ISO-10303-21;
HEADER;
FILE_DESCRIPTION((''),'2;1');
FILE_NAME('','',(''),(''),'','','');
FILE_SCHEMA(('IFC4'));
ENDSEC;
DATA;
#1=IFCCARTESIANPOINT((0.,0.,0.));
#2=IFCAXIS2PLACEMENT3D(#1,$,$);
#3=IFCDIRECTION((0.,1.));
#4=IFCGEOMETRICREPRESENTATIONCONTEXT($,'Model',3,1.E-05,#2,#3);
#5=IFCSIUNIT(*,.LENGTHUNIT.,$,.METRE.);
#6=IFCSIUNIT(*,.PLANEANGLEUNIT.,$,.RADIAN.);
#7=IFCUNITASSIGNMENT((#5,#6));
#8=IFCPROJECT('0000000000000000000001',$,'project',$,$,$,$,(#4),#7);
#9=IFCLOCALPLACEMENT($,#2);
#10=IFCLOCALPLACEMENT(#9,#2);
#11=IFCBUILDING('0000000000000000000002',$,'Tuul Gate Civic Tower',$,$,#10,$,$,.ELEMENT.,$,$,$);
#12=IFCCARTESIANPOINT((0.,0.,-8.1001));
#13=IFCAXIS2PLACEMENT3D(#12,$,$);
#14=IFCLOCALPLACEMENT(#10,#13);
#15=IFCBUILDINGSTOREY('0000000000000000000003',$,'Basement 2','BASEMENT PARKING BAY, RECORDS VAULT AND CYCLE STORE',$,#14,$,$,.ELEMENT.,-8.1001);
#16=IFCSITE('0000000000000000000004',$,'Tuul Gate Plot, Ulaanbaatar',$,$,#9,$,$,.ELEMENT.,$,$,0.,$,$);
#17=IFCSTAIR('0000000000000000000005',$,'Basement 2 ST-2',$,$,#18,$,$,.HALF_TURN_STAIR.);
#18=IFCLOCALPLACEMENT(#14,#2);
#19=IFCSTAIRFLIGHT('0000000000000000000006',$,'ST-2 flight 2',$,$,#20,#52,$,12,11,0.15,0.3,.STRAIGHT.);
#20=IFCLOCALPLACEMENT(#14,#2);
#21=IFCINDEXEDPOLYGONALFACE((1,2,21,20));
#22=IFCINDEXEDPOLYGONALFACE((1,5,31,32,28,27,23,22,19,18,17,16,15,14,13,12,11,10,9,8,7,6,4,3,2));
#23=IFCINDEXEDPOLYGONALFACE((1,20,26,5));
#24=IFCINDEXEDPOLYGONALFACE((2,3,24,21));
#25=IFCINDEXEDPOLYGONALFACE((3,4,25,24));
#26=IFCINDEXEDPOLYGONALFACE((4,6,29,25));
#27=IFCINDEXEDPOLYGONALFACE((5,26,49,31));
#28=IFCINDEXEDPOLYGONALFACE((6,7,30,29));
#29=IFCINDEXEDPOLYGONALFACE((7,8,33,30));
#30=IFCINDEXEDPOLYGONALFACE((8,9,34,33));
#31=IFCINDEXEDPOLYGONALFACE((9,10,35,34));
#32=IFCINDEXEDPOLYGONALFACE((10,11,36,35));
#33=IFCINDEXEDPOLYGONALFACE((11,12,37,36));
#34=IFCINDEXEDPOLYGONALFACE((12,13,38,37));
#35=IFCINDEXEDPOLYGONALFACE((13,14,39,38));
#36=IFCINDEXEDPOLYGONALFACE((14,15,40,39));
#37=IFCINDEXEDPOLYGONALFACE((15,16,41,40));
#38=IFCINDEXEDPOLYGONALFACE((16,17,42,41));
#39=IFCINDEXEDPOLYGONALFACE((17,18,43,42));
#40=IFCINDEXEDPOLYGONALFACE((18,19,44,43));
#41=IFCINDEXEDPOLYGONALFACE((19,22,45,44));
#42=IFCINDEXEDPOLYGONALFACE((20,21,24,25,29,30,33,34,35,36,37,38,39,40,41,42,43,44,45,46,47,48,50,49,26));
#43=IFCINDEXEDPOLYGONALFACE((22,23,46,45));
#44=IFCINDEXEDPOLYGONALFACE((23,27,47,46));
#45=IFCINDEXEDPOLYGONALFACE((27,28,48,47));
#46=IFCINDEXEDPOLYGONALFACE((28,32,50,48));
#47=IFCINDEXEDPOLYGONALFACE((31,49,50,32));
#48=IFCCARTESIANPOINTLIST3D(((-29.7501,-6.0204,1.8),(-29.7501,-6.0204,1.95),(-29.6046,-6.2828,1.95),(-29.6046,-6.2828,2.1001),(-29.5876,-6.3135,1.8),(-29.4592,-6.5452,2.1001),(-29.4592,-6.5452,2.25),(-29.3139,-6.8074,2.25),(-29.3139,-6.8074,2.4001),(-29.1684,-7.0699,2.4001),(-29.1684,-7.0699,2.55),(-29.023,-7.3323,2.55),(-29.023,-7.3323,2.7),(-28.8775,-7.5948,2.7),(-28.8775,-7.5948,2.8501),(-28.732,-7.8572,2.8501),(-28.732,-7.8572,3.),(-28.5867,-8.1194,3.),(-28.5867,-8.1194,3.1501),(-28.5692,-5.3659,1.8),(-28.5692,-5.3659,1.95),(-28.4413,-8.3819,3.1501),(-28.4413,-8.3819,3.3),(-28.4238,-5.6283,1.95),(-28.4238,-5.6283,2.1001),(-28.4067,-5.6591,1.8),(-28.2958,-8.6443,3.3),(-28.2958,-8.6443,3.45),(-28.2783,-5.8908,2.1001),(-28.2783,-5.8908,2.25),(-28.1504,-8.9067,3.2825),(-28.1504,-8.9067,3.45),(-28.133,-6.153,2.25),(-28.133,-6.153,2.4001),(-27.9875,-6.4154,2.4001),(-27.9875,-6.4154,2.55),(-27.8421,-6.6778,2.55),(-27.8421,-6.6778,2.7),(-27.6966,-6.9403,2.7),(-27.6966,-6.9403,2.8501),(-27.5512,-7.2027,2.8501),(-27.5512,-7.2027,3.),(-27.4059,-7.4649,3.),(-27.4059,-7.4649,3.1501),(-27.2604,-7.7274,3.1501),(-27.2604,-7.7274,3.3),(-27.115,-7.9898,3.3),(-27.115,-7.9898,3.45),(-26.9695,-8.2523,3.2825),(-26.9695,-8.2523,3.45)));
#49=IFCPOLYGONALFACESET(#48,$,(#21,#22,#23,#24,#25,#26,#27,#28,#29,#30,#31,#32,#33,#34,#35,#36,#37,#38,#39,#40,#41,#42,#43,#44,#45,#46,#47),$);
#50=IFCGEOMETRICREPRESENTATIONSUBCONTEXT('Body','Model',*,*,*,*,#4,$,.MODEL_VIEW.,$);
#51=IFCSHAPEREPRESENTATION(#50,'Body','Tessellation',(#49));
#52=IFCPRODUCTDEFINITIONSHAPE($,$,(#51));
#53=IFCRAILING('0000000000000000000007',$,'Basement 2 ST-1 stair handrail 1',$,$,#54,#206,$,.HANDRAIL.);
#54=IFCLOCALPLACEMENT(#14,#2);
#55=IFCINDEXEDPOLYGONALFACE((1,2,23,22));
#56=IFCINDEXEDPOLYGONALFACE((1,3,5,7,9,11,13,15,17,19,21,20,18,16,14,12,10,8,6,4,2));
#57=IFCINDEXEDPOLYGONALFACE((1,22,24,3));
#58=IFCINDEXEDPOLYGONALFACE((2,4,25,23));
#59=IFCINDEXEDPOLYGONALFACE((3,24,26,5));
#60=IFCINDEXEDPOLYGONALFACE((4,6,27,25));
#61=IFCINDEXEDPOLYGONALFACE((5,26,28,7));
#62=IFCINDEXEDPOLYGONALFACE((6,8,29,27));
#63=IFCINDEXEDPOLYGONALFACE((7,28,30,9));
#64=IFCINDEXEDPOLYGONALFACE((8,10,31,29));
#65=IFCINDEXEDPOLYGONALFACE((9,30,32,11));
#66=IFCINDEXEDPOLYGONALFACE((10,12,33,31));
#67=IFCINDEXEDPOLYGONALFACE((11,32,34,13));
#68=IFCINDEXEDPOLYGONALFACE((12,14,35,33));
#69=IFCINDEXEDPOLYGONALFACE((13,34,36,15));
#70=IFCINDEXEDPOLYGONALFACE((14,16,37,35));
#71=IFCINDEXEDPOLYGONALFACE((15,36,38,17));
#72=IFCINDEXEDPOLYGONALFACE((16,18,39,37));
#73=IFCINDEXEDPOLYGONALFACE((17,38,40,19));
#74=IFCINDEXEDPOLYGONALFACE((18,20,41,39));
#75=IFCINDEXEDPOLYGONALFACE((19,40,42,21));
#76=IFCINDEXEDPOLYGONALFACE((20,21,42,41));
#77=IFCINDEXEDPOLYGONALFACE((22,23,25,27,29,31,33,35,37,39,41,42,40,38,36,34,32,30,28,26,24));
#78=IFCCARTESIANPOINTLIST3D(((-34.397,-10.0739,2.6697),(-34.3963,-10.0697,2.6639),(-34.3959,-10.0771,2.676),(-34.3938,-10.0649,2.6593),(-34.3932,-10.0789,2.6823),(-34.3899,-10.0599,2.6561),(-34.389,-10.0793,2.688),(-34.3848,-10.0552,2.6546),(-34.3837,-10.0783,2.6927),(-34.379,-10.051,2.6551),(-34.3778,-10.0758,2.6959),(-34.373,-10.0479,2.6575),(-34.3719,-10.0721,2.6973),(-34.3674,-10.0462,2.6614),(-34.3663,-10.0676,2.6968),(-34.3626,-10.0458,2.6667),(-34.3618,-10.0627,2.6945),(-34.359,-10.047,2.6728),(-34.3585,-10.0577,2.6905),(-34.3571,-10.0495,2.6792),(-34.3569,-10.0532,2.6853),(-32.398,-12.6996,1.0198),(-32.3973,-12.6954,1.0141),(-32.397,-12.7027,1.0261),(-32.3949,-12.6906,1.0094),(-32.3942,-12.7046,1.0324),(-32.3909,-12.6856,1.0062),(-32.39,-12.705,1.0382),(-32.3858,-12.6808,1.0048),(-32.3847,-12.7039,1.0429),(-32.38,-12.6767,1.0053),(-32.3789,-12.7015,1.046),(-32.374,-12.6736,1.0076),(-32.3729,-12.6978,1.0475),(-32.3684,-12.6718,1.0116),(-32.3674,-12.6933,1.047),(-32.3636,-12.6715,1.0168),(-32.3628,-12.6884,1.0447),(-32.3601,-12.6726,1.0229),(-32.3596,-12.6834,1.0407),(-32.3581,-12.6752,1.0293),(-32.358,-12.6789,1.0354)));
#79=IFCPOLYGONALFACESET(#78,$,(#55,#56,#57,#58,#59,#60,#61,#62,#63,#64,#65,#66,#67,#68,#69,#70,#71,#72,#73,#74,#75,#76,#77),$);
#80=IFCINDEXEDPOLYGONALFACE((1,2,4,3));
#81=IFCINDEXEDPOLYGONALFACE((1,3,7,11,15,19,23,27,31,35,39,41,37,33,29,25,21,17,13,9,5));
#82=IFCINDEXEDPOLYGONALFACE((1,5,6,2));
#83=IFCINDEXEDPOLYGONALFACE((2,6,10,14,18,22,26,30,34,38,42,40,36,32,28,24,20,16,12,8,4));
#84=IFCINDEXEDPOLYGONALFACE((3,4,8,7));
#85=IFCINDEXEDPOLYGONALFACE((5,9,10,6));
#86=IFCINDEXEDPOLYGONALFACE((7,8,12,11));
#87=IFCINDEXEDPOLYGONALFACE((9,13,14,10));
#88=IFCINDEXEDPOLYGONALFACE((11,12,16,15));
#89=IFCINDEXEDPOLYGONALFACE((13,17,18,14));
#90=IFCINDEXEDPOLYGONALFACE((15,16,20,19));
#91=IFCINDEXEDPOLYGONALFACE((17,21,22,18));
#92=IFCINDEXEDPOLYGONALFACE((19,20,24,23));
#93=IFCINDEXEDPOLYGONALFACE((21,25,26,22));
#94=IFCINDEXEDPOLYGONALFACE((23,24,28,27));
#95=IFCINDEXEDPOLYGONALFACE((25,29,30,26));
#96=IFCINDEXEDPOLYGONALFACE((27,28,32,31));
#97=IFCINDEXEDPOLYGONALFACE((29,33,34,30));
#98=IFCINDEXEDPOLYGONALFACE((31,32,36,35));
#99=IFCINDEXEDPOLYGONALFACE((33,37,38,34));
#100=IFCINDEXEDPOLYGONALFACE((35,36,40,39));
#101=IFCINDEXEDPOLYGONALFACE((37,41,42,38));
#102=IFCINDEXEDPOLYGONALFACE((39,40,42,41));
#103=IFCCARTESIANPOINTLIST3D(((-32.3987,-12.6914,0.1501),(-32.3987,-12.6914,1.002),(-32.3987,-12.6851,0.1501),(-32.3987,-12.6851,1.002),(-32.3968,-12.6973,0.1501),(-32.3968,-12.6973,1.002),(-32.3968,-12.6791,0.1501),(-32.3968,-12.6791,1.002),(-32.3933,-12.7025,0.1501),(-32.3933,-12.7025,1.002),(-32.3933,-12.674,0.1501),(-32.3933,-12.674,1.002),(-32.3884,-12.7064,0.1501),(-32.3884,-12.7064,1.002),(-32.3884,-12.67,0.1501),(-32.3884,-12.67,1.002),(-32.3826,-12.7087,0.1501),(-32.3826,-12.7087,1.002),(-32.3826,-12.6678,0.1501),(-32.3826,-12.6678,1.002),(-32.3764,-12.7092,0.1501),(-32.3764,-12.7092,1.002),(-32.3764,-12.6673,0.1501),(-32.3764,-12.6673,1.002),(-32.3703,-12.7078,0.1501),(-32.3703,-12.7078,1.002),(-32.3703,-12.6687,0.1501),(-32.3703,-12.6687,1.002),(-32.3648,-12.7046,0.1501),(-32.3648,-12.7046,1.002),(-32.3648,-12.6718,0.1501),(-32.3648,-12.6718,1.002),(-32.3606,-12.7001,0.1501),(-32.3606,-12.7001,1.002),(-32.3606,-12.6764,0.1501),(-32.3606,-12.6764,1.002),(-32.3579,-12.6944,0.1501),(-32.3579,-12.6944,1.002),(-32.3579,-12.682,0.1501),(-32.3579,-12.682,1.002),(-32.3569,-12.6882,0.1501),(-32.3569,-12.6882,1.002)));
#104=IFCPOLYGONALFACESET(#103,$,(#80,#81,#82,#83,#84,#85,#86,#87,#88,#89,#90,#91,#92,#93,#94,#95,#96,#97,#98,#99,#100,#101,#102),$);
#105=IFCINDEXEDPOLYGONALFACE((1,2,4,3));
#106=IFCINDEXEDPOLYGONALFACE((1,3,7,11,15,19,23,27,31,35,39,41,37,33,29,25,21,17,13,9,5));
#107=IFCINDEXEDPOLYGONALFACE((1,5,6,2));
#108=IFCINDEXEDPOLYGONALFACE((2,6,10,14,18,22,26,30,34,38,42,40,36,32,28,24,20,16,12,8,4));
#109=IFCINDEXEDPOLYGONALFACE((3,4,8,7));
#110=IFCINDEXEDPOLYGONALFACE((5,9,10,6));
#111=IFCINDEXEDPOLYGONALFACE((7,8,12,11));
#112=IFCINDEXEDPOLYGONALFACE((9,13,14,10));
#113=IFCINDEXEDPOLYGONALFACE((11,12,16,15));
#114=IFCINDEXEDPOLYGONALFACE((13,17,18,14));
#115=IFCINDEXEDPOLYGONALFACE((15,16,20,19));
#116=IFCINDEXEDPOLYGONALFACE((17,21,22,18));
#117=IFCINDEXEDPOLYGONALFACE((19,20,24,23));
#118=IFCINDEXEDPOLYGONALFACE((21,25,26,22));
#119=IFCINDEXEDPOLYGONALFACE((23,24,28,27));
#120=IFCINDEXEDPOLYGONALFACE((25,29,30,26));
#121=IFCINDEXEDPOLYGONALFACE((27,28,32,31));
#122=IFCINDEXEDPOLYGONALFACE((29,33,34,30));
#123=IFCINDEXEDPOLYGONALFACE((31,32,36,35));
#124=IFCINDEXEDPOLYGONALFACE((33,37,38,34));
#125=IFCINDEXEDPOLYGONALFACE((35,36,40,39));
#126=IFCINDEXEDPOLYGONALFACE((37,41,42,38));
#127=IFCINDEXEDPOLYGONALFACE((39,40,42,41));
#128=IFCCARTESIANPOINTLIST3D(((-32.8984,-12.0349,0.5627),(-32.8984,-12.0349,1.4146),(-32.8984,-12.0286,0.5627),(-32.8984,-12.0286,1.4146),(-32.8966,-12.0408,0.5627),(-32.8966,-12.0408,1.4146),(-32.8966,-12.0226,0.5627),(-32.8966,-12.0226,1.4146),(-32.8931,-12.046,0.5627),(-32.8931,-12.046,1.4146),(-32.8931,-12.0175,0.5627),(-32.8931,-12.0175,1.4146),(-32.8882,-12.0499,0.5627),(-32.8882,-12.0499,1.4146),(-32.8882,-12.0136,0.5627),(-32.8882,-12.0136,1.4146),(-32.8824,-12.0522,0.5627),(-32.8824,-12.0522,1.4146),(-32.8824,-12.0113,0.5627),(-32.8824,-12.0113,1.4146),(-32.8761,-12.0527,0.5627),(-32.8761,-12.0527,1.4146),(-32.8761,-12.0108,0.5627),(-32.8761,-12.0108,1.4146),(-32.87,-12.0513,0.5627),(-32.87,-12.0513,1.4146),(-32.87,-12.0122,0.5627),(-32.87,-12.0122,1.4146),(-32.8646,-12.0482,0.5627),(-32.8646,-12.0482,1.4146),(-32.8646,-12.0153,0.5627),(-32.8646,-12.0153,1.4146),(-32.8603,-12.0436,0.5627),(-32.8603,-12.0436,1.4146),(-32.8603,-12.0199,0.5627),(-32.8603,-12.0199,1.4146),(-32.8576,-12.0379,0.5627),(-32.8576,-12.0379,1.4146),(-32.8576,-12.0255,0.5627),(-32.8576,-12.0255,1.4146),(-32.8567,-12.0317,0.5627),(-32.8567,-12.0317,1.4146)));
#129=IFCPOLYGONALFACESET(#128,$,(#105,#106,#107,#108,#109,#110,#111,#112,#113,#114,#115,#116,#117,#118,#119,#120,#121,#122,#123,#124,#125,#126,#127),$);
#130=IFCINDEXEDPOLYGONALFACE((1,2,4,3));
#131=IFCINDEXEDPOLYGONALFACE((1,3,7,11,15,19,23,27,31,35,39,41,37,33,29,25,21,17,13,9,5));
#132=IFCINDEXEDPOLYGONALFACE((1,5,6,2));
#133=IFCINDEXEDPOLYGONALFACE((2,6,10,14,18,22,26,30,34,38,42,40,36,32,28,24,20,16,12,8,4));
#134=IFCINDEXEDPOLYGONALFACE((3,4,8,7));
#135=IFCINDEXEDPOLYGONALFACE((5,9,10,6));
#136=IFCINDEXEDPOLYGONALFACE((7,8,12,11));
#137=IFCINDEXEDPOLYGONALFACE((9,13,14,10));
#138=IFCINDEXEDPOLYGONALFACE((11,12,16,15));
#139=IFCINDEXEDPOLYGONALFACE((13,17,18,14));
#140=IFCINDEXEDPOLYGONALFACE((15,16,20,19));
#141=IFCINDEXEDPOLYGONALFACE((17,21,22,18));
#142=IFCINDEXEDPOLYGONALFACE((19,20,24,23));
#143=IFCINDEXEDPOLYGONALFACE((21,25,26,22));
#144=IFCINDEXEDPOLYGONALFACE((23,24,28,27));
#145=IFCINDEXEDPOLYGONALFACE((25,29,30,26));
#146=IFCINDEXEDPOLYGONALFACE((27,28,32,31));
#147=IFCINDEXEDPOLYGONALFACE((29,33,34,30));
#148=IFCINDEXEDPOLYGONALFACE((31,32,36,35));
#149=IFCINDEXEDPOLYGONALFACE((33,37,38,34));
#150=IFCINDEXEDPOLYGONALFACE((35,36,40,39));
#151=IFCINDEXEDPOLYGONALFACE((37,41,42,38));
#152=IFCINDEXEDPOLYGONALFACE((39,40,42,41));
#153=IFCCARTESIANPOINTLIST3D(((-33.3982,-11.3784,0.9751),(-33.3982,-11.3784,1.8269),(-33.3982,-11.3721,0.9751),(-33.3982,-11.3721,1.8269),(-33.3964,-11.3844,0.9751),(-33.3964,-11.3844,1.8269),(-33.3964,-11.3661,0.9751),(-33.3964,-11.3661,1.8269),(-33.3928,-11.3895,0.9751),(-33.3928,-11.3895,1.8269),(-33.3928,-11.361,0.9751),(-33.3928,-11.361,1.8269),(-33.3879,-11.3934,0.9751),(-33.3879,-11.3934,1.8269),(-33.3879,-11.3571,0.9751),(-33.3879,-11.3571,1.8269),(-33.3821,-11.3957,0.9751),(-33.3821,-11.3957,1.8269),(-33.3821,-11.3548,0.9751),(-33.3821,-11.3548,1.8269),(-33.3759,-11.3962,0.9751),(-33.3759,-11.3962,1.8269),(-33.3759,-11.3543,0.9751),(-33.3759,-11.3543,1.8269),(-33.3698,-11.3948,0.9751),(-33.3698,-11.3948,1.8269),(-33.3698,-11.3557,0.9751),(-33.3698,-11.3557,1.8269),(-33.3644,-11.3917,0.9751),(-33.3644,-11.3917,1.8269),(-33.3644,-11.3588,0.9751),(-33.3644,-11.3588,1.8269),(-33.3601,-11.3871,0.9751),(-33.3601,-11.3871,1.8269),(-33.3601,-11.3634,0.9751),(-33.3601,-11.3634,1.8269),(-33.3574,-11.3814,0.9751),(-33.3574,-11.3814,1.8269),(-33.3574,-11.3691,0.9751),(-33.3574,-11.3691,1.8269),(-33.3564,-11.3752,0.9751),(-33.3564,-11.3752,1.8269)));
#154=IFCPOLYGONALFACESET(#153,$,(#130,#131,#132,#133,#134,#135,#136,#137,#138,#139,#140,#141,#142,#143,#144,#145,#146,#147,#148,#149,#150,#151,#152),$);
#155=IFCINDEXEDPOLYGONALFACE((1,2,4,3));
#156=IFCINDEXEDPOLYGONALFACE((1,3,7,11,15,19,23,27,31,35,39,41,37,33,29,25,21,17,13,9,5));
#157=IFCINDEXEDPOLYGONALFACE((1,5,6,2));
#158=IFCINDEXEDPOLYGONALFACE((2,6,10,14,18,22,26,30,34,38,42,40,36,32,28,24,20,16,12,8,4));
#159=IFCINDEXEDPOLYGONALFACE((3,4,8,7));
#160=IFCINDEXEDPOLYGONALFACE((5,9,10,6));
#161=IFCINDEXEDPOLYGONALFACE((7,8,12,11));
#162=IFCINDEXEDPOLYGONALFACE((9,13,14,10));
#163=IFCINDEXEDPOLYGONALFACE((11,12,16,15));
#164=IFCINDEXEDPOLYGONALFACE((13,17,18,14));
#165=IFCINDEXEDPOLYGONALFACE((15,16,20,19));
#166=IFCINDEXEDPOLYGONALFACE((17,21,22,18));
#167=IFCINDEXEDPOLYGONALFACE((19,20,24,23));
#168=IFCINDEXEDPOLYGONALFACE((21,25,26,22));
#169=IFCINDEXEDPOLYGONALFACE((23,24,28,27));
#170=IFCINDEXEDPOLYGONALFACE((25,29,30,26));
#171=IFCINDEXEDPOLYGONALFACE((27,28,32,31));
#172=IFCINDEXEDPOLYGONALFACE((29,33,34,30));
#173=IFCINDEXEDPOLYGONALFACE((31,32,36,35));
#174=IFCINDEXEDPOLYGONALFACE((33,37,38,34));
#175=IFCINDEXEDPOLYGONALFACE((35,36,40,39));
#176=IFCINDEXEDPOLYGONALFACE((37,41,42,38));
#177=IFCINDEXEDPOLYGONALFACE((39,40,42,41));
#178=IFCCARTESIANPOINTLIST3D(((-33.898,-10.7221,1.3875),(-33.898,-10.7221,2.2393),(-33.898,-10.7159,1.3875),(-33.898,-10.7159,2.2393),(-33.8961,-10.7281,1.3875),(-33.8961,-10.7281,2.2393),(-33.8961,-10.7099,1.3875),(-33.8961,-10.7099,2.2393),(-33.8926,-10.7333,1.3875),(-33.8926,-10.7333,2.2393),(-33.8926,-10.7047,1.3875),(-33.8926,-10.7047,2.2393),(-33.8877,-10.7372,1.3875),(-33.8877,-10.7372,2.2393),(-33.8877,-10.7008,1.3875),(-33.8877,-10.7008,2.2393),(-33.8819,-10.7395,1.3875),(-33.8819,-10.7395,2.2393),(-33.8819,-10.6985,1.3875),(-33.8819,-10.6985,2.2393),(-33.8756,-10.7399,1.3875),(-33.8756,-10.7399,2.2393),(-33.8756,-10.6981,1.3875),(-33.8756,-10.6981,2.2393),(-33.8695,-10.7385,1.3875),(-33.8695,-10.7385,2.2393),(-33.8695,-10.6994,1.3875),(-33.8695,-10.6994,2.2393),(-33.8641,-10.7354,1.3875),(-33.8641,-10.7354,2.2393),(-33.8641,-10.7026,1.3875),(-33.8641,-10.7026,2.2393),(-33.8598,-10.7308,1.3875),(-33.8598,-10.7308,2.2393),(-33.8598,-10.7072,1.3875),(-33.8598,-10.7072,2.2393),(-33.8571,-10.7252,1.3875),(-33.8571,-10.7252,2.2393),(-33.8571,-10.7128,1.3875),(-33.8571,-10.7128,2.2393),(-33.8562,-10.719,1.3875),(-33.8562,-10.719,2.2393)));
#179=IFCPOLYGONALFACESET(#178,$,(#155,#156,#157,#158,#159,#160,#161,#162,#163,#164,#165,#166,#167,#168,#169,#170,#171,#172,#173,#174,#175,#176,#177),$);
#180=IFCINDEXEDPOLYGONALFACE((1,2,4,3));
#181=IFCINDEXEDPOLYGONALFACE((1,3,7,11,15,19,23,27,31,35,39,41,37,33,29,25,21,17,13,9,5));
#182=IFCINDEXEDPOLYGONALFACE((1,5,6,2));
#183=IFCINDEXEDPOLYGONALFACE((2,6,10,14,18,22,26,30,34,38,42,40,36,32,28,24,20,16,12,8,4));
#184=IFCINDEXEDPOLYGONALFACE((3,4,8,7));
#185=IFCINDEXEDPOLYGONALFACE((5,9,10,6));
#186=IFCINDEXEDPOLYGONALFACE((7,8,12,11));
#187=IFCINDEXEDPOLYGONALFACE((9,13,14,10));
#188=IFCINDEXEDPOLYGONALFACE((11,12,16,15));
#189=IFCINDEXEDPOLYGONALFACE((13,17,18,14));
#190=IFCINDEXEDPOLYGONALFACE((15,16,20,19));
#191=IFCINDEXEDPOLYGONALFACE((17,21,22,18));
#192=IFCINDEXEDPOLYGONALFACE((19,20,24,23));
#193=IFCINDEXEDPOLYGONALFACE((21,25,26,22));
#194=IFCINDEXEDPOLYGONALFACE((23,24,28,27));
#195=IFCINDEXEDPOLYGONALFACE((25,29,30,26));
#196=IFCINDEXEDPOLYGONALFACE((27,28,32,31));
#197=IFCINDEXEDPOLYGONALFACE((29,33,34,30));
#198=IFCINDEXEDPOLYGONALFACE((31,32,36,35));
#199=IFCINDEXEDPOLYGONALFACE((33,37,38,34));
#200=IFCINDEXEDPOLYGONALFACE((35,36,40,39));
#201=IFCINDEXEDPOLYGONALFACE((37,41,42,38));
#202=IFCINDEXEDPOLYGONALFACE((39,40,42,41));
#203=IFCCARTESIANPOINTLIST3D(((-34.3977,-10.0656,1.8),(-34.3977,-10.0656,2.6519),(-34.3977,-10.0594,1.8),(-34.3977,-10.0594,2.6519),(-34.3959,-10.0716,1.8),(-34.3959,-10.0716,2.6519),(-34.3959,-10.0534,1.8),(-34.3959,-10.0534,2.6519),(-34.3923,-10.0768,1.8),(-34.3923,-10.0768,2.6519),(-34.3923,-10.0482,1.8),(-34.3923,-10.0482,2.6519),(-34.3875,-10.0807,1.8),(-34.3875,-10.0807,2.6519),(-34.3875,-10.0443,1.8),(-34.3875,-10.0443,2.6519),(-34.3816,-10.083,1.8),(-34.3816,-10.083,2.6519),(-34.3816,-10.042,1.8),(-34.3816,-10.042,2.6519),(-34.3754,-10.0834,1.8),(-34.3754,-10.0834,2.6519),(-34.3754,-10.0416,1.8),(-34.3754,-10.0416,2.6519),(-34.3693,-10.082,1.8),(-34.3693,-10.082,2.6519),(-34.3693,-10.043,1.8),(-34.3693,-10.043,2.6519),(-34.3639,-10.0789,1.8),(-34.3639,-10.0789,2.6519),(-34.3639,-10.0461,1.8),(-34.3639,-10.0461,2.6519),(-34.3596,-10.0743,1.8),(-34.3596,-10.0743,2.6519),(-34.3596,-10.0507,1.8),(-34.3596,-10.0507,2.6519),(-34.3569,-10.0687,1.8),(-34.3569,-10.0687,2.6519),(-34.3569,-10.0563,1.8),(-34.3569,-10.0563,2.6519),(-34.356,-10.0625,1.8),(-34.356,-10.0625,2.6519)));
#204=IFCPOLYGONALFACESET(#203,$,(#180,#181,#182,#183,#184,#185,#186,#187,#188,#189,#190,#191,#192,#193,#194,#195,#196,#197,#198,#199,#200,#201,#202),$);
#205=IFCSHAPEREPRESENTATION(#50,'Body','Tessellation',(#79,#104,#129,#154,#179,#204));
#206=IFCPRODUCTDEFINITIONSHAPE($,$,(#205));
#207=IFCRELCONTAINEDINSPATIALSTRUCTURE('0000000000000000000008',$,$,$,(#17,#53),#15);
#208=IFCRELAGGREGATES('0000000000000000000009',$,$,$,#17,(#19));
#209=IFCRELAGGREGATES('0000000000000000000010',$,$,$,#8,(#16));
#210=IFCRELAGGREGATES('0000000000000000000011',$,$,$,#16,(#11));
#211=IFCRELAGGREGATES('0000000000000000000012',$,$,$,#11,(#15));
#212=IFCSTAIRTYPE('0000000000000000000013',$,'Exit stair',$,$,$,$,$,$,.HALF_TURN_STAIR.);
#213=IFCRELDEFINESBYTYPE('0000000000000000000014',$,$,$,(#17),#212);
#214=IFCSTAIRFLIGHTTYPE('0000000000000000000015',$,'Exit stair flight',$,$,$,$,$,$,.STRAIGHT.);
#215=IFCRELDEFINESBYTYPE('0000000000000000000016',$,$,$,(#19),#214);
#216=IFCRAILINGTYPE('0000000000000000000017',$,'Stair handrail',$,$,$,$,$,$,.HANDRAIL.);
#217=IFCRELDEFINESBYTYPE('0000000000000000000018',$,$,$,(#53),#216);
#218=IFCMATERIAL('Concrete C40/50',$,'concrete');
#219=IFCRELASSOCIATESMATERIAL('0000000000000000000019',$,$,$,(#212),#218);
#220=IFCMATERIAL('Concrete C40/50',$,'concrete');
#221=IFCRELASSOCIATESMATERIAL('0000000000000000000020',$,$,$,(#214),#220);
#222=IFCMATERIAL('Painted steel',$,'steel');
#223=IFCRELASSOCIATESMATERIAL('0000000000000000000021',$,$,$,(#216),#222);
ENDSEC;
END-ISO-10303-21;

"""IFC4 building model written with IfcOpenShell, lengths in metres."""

from ifc_helpers import new_model, si_unit, direction, frame, origin, origin_2d, place, context, subcontext, project, spatial, polyline, circle, outline, extrude, material, type_object, element, aggregate, save


model = new_model("IFC4")

# Units and contexts
model_context = context("Model", 3, precision=1e-05, world=origin(), true_north=direction((0.0, 1.0)))
body_context = subcontext(model_context, "Body", "Model", "MODEL_VIEW")
ifc_project = project(units=[si_unit("LENGTHUNIT", "METRE"), si_unit("PLANEANGLEUNIT", "RADIAN")], contexts=[model_context])

# Site, building, storey
site_placement = place(None, origin())
site = spatial("IfcSite", under=ifc_project, at=site_placement, Name="Tuul Gate Plot, Ulaanbaatar", CompositionType="ELEMENT", RefElevation=0.0)
building_placement = place(site_placement, origin())
building = spatial("IfcBuilding", under=site, at=building_placement, Name="Tuul Gate Civic Tower", CompositionType="ELEMENT")
storey_placement = place(building_placement, frame((0.0, 0.0, -8.1001)))
storey = spatial("IfcBuildingStorey", under=building, at=storey_placement, Name="Basement 2", Description="BASEMENT PARKING BAY, RECORDS VAULT AND CYCLE STORE", CompositionType="ELEMENT", Elevation=-8.1001)

# Stair, stair flight
ifc_material_1 = material(Name="Concrete C40/50", Category="concrete")
stair_type = type_object("IfcStairType", Name="Exit stair", PredefinedType="HALF_TURN_STAIR", material=ifc_material_1)
ifc_material_2 = material(Name="Concrete C40/50", Category="concrete")
stair_flight_type = type_object("IfcStairFlightType", Name="Exit stair flight", PredefinedType="STRAIGHT", material=ifc_material_2)
stair_1_placement = place(storey_placement, origin())
stair_1 = element("IfcStair", 1, at=stair_1_placement, inside=storey, type_object=stair_type, Name="Basement 2 ST-2", PredefinedType="HALF_TURN_STAIR")
stair_flight_1_placement = place(storey_placement, frame((-29.1597, -5.6931, 1.8), z_axis=(0.0, 0.0, 1.0), x_axis=(0.484762, -0.874646, 0.0)))
stair_flight_1 = element("IfcStairFlight", 2, at=stair_flight_1_placement, type_object=stair_flight_type, Name="ST-2 flight 2", NumberOfRisers=12, NumberOfTreads=11, PredefinedType="STRAIGHT", RiserHeight=0.15, TreadLength=0.3, context=body_context, shape_type="SweptSolid", body=[
    extrude(outline(polyline([(0.0, 0.0), (0.0, 0.1499), (0.3, 0.1499), (0.3, 0.3), (0.6001, 0.3), (0.6001, 0.45), (0.8999, 0.45), (0.8999, 0.6001), (1.2, 0.6001), (1.2, 0.75), (1.5, 0.75), (1.5, 0.8999), (1.8, 0.8999), (1.8, 1.05), (2.1001, 1.05), (2.1001, 1.2), (2.3999, 1.2), (2.3999, 1.3501), (2.7, 1.3501), (2.7, 1.5), (3.0, 1.5), (3.0, 1.6499), (3.3, 1.6499), (3.3, 1.8), (3.3, 1.4824), (0.3352, 0.0), (0.0, 0.0)])), frame((0.0, 0.675, 0.0), z_axis=(0.0, -1.0, 0.0), x_axis=(1.0, 0.0, 0.0)), (0.0, 0.0, 1.0), 1.3501),
])
aggregate(stair_1, [stair_flight_1])

# Railing
ifc_material_3 = material(Name="Painted steel", Category="steel")
railing_type_1 = type_object("IfcRailingType", Name="Stair handrail", PredefinedType="HANDRAIL", material=ifc_material_3)
railing_1_placement = place(storey_placement, frame((-32.3779, -12.6882, 0.1501)))
element("IfcRailing", 3, at=railing_1_placement, inside=storey, type_object=railing_type_1, Name="Basement 2 ST-1 stair handrail 1", PredefinedType="HANDRAIL", context=body_context, shape_type="SweptSolid", body=[
    extrude(circle(Radius=0.0239, at=origin_2d()), frame((0.0, 0.0, 0.876), z_axis=(-0.541808, 0.711668, 0.447183), x_axis=(-0.795656, -0.605749, 0.0)), (0.0, 0.0, 1.0), 3.6895),
    extrude(circle(Radius=0.021, at=origin_2d()), origin(), (0.0, 0.0, 1.0), 0.8518),
    extrude(circle(Radius=0.021, at=origin_2d()), frame((-0.4998, 0.6565, 0.4126)), (0.0, 0.0, 1.0), 0.8518),
    extrude(circle(Radius=0.021, at=origin_2d()), frame((-0.9995, 1.313, 0.825)), (0.0, 0.0, 1.0), 0.8518),
    extrude(circle(Radius=0.021, at=origin_2d()), frame((-1.4993, 1.9692, 1.2373)), (0.0, 0.0, 1.0), 0.8518),
    extrude(circle(Radius=0.021, at=origin_2d()), frame((-1.999, 2.6257, 1.6499)), (0.0, 0.0, 1.0), 0.8518),
])

save(model, "model.ifc")
